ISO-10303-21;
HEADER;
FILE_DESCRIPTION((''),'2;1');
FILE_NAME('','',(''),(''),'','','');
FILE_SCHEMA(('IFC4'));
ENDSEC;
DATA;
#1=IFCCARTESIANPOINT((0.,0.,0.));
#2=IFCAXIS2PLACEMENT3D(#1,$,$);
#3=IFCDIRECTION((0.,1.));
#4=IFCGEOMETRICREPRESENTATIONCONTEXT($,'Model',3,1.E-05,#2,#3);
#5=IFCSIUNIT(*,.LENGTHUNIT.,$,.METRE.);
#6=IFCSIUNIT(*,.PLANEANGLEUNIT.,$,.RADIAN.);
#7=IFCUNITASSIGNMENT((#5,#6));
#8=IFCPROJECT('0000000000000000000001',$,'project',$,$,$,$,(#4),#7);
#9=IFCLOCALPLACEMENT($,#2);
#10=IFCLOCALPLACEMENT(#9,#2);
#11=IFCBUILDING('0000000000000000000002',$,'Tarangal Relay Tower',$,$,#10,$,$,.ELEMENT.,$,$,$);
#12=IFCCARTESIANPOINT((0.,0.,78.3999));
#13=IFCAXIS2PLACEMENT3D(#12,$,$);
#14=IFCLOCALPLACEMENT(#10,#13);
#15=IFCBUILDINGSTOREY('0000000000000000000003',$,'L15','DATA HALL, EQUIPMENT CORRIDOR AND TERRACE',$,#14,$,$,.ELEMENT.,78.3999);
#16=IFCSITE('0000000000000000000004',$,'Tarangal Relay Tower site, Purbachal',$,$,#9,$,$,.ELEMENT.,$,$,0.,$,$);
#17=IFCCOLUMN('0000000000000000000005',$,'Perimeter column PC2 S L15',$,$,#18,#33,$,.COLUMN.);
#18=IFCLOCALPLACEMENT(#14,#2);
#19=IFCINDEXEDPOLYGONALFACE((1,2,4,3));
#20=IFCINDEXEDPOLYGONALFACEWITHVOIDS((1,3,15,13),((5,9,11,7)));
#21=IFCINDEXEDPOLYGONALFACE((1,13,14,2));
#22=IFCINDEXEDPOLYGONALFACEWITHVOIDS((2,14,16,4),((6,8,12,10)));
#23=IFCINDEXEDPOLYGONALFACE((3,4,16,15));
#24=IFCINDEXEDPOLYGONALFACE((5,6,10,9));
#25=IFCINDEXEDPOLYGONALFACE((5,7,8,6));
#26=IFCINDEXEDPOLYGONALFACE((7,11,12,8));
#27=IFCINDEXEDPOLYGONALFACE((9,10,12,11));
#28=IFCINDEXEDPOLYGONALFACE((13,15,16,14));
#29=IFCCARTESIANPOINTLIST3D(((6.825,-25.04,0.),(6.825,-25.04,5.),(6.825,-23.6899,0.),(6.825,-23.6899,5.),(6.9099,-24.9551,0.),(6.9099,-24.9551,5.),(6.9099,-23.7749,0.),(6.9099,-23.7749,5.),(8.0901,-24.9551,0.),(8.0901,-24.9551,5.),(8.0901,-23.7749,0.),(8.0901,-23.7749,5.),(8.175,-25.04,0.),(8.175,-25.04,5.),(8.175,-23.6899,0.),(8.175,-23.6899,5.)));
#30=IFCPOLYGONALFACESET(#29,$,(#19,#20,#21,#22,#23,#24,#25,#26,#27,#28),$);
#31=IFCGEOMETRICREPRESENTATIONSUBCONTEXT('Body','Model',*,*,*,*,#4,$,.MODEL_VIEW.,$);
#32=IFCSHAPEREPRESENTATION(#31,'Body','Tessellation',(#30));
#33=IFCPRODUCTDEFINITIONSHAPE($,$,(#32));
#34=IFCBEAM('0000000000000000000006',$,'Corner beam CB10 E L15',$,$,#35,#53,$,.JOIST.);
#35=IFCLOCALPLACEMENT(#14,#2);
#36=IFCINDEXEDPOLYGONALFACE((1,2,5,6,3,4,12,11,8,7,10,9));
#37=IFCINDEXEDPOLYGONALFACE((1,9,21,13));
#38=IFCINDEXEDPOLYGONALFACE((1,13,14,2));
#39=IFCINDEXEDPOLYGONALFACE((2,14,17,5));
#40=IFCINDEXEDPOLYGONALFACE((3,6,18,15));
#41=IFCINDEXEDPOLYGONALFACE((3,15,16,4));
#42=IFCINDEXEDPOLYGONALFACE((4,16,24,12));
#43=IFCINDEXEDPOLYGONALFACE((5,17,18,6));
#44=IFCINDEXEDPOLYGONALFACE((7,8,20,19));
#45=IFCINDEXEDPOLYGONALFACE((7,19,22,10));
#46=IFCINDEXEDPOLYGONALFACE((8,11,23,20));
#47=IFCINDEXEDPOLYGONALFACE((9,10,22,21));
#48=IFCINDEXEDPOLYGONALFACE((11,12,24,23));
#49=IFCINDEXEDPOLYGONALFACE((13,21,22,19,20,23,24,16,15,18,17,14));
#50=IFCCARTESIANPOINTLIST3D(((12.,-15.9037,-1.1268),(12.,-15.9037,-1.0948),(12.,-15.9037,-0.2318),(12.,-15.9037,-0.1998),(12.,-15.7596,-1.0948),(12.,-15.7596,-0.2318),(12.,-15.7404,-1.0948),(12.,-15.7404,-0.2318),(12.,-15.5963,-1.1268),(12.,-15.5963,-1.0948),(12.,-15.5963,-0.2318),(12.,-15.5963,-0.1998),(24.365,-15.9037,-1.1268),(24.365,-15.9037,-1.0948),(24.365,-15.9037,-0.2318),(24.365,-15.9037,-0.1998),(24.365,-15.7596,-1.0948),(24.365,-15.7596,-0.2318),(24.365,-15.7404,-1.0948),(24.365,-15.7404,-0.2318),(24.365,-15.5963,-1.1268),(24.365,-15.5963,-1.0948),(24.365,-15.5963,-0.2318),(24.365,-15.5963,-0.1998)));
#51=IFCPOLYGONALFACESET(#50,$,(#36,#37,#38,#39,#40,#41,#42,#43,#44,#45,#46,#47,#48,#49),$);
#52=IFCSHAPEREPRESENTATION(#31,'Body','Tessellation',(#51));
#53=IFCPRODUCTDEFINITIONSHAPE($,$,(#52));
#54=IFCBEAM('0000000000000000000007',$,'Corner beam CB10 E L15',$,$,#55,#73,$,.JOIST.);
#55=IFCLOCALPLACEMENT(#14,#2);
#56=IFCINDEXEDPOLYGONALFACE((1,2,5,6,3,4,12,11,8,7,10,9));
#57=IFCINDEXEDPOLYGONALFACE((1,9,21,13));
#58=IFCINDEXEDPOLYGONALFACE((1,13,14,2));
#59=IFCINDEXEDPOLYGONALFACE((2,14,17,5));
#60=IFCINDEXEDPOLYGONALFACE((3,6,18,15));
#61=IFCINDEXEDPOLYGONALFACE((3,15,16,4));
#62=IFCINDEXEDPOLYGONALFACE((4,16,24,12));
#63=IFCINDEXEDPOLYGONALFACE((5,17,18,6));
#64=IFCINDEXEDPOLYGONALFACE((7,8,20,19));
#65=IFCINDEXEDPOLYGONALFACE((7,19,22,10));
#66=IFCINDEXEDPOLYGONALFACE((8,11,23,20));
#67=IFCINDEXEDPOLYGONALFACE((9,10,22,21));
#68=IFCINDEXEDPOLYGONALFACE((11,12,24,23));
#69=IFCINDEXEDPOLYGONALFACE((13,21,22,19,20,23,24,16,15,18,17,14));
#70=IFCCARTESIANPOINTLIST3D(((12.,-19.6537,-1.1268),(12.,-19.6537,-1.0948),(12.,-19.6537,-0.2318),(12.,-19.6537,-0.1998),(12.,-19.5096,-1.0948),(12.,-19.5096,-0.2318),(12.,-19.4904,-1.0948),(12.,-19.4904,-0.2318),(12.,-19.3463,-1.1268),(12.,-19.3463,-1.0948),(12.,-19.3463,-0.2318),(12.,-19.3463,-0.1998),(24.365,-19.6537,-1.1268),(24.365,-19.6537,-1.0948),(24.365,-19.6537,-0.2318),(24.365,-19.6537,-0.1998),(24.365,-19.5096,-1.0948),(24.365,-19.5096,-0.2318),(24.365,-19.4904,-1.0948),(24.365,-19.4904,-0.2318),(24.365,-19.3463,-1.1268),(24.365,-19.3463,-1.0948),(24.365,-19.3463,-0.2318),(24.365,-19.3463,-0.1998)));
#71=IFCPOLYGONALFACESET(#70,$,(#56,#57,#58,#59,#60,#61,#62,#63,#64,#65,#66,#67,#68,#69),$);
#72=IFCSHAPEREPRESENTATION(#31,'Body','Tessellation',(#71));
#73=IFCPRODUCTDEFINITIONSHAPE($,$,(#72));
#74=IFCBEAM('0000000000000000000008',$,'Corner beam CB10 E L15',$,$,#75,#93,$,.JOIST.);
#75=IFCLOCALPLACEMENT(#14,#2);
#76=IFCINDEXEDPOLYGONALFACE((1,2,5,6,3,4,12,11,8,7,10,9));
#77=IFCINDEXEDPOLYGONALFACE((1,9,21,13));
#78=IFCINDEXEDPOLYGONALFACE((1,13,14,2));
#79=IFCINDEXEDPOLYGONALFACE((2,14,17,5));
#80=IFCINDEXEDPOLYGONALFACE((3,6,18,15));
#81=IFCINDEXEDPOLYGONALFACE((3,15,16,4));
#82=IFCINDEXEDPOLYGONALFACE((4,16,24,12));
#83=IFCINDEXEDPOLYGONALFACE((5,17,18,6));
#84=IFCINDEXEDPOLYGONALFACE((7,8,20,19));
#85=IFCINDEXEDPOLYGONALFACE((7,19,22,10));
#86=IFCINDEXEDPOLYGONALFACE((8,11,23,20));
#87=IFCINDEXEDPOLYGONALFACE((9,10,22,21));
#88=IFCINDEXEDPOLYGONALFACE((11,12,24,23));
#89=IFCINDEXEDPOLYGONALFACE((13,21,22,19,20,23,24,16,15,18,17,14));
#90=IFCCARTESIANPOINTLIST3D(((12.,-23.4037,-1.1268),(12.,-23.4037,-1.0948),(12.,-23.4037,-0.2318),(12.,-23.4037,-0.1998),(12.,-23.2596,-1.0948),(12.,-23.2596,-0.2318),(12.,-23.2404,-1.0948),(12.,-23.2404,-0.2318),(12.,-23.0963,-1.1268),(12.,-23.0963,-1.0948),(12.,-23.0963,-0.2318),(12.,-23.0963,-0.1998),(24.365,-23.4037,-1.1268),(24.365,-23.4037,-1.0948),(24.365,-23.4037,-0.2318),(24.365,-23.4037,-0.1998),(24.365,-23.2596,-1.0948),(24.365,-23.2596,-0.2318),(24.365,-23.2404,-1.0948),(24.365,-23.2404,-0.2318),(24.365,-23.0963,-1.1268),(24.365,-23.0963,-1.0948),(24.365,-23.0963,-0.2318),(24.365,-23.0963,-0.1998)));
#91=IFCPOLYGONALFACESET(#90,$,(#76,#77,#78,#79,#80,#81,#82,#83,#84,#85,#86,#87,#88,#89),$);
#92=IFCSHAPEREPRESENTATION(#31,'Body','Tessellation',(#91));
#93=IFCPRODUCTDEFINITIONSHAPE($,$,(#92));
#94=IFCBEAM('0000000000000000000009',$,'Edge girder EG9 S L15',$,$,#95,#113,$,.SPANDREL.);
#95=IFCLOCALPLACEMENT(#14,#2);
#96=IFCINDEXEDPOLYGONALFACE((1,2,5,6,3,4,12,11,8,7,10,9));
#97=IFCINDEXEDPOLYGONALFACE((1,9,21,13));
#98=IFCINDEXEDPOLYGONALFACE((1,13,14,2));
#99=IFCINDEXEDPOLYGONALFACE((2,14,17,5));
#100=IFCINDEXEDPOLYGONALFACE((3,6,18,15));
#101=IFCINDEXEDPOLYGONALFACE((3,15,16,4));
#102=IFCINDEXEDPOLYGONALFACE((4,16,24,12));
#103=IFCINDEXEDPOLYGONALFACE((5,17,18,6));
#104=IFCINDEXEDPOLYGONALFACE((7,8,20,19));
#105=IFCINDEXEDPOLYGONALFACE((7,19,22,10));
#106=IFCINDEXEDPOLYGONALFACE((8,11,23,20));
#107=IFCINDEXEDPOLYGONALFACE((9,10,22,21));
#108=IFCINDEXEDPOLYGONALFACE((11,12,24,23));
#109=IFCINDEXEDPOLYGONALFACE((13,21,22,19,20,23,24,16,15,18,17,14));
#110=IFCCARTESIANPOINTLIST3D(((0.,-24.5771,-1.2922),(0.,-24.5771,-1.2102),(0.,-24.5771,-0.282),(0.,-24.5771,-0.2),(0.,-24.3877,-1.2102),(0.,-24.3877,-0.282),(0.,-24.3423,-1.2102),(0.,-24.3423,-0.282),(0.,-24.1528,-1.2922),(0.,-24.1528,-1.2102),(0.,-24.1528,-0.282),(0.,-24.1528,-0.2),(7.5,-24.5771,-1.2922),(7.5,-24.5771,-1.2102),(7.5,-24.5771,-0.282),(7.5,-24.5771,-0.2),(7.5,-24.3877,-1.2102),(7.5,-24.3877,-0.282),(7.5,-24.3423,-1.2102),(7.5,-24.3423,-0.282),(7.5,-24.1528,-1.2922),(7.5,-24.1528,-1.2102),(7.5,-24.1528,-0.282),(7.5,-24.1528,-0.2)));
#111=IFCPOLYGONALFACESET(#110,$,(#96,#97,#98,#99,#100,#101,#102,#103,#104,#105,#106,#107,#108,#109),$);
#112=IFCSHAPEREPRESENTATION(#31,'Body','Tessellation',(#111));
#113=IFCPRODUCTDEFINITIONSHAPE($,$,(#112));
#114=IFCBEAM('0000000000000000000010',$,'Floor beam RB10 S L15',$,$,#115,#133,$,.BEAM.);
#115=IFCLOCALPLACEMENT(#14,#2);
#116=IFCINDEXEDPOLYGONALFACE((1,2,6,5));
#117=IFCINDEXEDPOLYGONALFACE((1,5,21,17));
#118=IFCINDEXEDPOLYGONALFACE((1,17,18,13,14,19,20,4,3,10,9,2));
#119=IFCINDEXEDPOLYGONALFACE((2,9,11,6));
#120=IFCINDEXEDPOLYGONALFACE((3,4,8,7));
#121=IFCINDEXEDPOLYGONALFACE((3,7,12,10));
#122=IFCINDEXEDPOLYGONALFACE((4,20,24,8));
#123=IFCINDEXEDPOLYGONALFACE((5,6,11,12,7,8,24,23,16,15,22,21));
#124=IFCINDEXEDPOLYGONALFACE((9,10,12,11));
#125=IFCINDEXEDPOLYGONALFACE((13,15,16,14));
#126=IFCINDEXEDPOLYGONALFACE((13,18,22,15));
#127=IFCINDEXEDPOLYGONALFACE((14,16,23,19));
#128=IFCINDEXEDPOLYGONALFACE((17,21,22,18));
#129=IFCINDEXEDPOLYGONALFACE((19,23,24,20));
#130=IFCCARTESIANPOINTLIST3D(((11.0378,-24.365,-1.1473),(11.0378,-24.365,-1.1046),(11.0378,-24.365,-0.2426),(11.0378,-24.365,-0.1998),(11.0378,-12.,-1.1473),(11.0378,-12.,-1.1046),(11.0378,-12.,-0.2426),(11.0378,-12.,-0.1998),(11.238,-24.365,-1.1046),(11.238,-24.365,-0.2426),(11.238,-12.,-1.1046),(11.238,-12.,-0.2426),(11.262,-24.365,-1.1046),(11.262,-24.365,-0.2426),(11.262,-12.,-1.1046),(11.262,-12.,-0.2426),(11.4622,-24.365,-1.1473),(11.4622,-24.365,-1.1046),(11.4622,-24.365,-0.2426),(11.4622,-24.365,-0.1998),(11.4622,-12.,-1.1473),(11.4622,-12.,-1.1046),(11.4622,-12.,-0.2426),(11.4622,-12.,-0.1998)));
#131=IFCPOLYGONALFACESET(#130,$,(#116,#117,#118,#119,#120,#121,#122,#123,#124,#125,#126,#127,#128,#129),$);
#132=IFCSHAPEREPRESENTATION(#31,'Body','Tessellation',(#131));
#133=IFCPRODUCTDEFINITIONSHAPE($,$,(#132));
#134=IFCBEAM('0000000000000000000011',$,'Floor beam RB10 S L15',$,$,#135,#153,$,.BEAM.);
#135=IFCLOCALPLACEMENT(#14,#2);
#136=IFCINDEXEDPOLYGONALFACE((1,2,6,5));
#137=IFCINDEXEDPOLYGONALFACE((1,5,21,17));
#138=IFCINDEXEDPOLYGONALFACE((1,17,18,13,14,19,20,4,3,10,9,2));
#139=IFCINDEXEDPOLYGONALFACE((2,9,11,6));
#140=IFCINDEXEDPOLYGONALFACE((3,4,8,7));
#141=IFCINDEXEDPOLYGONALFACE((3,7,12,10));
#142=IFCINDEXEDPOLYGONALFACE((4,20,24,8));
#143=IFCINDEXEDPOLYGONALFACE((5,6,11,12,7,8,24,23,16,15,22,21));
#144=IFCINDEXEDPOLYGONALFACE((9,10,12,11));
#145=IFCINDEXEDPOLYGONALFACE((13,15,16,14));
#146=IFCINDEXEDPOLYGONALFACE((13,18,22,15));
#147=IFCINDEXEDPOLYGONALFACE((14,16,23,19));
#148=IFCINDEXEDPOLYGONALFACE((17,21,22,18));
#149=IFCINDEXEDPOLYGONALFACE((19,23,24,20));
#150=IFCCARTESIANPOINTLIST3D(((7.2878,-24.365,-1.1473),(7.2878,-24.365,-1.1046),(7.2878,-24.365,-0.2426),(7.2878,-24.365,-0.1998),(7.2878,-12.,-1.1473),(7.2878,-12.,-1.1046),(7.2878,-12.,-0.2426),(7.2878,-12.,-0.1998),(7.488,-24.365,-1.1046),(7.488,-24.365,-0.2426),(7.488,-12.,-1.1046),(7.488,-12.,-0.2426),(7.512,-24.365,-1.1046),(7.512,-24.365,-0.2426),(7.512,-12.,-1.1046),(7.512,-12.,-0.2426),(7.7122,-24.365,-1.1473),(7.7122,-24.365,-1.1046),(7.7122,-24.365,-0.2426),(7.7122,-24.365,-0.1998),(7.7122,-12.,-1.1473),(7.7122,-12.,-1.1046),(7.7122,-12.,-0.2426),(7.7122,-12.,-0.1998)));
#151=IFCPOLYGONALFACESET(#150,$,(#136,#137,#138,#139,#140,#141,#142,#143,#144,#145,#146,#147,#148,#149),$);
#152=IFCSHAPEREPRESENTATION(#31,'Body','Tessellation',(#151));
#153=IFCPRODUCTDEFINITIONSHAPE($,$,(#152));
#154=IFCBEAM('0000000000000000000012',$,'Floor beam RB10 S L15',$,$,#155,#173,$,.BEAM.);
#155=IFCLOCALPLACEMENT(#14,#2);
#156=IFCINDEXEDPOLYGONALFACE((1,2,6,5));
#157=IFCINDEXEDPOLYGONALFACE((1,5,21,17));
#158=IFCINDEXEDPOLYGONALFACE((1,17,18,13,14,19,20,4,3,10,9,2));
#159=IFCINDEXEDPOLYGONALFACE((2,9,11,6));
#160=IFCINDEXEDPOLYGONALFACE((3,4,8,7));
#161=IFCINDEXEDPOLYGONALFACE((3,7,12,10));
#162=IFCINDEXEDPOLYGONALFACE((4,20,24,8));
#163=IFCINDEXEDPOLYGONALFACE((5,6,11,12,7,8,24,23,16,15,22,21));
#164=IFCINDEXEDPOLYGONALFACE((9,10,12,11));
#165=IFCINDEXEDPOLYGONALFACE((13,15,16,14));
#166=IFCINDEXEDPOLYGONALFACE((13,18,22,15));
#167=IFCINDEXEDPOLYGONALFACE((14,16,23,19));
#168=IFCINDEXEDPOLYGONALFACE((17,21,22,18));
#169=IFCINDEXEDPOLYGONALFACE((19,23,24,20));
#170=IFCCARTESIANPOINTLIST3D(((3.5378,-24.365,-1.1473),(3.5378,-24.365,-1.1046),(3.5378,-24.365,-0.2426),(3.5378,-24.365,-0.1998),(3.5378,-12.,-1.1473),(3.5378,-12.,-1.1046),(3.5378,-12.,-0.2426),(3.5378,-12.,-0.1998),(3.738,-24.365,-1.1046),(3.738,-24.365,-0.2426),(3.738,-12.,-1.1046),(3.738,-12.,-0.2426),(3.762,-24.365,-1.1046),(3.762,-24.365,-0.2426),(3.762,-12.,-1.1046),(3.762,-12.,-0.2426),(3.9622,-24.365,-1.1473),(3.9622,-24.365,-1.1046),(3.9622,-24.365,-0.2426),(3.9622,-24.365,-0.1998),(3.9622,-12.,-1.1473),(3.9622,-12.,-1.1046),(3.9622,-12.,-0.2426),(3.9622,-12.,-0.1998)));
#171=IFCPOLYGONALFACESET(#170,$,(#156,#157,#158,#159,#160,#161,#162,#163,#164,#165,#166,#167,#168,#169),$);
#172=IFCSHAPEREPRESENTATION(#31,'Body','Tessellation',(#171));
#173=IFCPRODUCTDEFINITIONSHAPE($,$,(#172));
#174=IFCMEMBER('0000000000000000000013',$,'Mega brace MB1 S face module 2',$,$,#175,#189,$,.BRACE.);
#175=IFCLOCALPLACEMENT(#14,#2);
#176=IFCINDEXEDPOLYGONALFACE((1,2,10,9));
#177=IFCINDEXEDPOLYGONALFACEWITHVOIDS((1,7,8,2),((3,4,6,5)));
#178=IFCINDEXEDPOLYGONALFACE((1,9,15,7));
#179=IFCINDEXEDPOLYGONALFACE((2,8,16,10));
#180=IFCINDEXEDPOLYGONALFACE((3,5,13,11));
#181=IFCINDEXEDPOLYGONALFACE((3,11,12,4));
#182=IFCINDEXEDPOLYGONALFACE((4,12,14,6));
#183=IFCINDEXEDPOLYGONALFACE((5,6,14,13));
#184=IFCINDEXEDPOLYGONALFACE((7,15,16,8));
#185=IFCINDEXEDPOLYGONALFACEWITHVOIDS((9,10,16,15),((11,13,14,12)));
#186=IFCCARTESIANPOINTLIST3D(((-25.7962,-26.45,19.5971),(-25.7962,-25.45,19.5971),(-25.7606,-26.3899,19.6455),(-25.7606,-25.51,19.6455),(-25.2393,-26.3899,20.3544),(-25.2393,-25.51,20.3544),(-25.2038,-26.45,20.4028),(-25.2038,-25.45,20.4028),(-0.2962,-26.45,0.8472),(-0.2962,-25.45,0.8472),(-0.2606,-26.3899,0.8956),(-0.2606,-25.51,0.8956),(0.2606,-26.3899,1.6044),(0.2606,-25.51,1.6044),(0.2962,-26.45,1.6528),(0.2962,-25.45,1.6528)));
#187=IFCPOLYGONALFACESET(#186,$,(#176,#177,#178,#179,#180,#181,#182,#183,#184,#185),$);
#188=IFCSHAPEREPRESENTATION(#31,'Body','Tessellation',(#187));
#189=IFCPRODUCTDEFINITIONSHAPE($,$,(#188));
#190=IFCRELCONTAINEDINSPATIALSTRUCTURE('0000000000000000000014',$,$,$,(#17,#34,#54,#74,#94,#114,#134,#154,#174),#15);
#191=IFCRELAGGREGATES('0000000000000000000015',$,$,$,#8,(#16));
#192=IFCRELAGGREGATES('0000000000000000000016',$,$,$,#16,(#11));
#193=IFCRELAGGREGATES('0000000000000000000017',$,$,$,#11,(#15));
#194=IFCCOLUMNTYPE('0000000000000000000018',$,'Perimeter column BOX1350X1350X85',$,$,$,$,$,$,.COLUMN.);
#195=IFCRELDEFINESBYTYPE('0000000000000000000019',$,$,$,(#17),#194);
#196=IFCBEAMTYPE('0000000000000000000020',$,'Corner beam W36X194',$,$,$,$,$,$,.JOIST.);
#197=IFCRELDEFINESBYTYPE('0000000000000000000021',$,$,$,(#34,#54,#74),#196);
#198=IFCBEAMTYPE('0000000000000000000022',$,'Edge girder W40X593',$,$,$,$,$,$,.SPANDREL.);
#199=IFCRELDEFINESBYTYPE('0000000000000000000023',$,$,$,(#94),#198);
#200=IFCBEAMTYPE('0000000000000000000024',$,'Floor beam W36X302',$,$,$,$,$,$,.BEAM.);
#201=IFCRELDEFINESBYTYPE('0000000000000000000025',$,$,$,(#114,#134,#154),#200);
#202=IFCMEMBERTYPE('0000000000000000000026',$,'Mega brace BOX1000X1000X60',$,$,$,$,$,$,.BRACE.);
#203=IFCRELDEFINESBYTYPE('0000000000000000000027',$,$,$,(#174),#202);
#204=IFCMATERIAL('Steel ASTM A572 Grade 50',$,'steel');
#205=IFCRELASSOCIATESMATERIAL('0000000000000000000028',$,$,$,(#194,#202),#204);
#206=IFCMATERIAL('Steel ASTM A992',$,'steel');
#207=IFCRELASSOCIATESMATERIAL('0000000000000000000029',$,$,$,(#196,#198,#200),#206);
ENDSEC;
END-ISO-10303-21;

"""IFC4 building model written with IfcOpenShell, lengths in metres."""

from ifc_helpers import new_model, si_unit, direction, frame, origin, origin_2d, place, context, subcontext, project, spatial, hollow_rectangle, i_section, extrude, material, material_profile, profile_set, type_object, element, save


model = new_model("IFC4")

# Units and contexts
model_context = context("Model", 3, precision=1e-05, world=origin(), true_north=direction((0.0, 1.0)))
body_context = subcontext(model_context, "Body", "Model", "MODEL_VIEW")
ifc_project = project(units=[si_unit("LENGTHUNIT", "METRE"), si_unit("PLANEANGLEUNIT", "RADIAN")], contexts=[model_context])

# Site, building, storey
site_placement = place(None, origin())
site = spatial("IfcSite", under=ifc_project, at=site_placement, Name="Tarangal Relay Tower site, Purbachal", CompositionType="ELEMENT", RefElevation=0.0)
building_placement = place(site_placement, origin())
building = spatial("IfcBuilding", under=site, at=building_placement, Name="Tarangal Relay Tower", CompositionType="ELEMENT")
storey_placement = place(building_placement, frame((0.0, 0.0, 78.3999)))
storey = spatial("IfcBuildingStorey", under=building, at=storey_placement, Name="L15", Description="DATA HALL, EQUIPMENT CORRIDOR AND TERRACE", CompositionType="ELEMENT", Elevation=78.3999)

# Column
ifc_material_1 = material(Name="Steel ASTM A572 Grade 50", Category="steel")
ifc_material_profile_1 = material_profile(ifc_material_1, hollow_rectangle(XDim=1.3501, YDim=1.3501, WallThickness=0.085, at=origin_2d()), Name="BOX1350X1350X85")
ifc_profile_set_1 = profile_set([ifc_material_profile_1], Name="Steel ASTM A572 Grade 50")
column_type = type_object("IfcColumnType", Name="Perimeter column BOX1350X1350X85", PredefinedType="COLUMN", material=ifc_profile_set_1)
column_placement = place(storey_placement, frame((7.5, -24.365, 0.0), z_axis=(0.0, 0.0, 1.0), x_axis=(1.0, 0.0, 0.0)))
element("IfcColumn", 1, at=column_placement, inside=storey, type_object=column_type, Name="Perimeter column PC2 S L15", PredefinedType="COLUMN", context=body_context, shape_type="SweptSolid", body=[
    extrude(hollow_rectangle(XDim=1.3501, YDim=1.3501, WallThickness=0.085, at=origin_2d()), origin(), (0.0, 0.0, 1.0), 5.0),
])

# Beams
ifc_material_2 = material(Name="Steel ASTM A992", Category="steel")
ifc_material_profile_2 = material_profile(ifc_material_2, i_section(OverallWidth=0.3074, OverallDepth=0.927, WebThickness=0.0193, FlangeThickness=0.032, at=origin_2d()), Name="W36X194")
ifc_profile_set_2 = profile_set([ifc_material_profile_2], Name="Steel ASTM A992")
beam_type_1 = type_object("IfcBeamType", Name="Corner beam W36X194", PredefinedType="JOIST", material=ifc_profile_set_2)
for number, where, z_axis, x_axis, name in (
    (2, (12.0, -15.75, -0.6633), (1.0, 0.0, 0.0), (0.0, 1.0, 0.0), "Corner beam CB10 E L15"),
    (3, (12.0, -19.5, -0.6633), (1.0, 0.0, 0.0), (0.0, 1.0, 0.0), "Corner beam CB10 E L15"),
    (4, (12.0, -23.25, -0.6633), (1.0, 0.0, 0.0), (0.0, 1.0, 0.0), "Corner beam CB10 E L15"),
):
    element("IfcBeam", number, at=place(storey_placement, frame(where, z_axis=z_axis, x_axis=x_axis)), inside=storey, type_object=beam_type_1, Name=name, PredefinedType="JOIST", context=body_context, shape_type="SweptSolid", body=[
        extrude(i_section(OverallWidth=0.3074, OverallDepth=0.927, WebThickness=0.0193, FlangeThickness=0.032, at=origin_2d()), origin(), (0.0, 0.0, 1.0), 12.365),
    ])
ifc_material_profile_3 = material_profile(ifc_material_2, i_section(OverallWidth=0.4243, OverallDepth=1.0923, WebThickness=0.0454, FlangeThickness=0.082, at=origin_2d()), Name="W40X593")
ifc_profile_set_3 = profile_set([ifc_material_profile_3], Name="Steel ASTM A992")
beam_type_2 = type_object("IfcBeamType", Name="Edge girder W40X593", PredefinedType="SPANDREL", material=ifc_profile_set_3)
beam_placement = place(storey_placement, frame((7.5, -24.365, -0.7461), z_axis=(-1.0, 0.0, 0.0), x_axis=(0.0, -1.0, 0.0)))
element("IfcBeam", 5, at=beam_placement, inside=storey, type_object=beam_type_2, Name="Edge girder EG9 S L15", PredefinedType="SPANDREL", context=body_context, shape_type="SweptSolid", body=[
    extrude(i_section(OverallWidth=0.4243, OverallDepth=1.0923, WebThickness=0.0454, FlangeThickness=0.082, at=origin_2d()), origin(), (0.0, 0.0, 1.0), 7.5),
])
ifc_material_profile_4 = material_profile(ifc_material_2, i_section(OverallWidth=0.4243, OverallDepth=0.9475, WebThickness=0.0239, FlangeThickness=0.0427, at=origin_2d()), Name="W36X302")
ifc_profile_set_4 = profile_set([ifc_material_profile_4], Name="Steel ASTM A992")
beam_type_3 = type_object("IfcBeamType", Name="Floor beam W36X302", PredefinedType="BEAM", material=ifc_profile_set_4)
for number, where, z_axis, x_axis, name in (
    (6, (11.25, -12.0, -0.6736), (0.0, -1.0, 0.0), (1.0, 0.0, 0.0), "Floor beam RB10 S L15"),
    (7, (7.5, -12.0, -0.6736), (0.0, -1.0, 0.0), (1.0, 0.0, 0.0), "Floor beam RB10 S L15"),
    (8, (3.75, -12.0, -0.6736), (0.0, -1.0, 0.0), (1.0, 0.0, 0.0), "Floor beam RB10 S L15"),
):
    element("IfcBeam", number, at=place(storey_placement, frame(where, z_axis=z_axis, x_axis=x_axis)), inside=storey, type_object=beam_type_3, Name=name, PredefinedType="BEAM", context=body_context, shape_type="SweptSolid", body=[
        extrude(i_section(OverallWidth=0.4243, OverallDepth=0.9475, WebThickness=0.0239, FlangeThickness=0.0427, at=origin_2d()), origin(), (0.0, 0.0, 1.0), 12.365),
    ])

# Member
ifc_material_profile_5 = material_profile(ifc_material_1, hollow_rectangle(XDim=1.0, YDim=1.0, WallThickness=0.0601, at=origin_2d()), Name="BOX1000X1000X60")
ifc_profile_set_5 = profile_set([ifc_material_profile_5], Name="Steel ASTM A572 Grade 50")
member_type = type_object("IfcMemberType", Name="Mega brace BOX1000X1000X60", PredefinedType="BRACE", material=ifc_profile_set_5)
for number, where, z_axis, x_axis, name in (
    (9, (0.0, -25.95, 1.25), (-0.805651, 0.0, 0.59239), (0.0, -1.0, 0.0), "Mega brace MB1 S face module 2"),
):
    element("IfcMember", number, at=place(storey_placement, frame(where, z_axis=z_axis, x_axis=x_axis)), inside=storey, type_object=member_type, Name=name, PredefinedType="BRACE", context=body_context, shape_type="SweptSolid", body=[
        extrude(hollow_rectangle(XDim=1.0, YDim=1.0, WallThickness=0.0601, at=origin_2d()), origin(), (0.0, 0.0, 1.0), 31.6514),
    ])

save(model, "model.ifc")
